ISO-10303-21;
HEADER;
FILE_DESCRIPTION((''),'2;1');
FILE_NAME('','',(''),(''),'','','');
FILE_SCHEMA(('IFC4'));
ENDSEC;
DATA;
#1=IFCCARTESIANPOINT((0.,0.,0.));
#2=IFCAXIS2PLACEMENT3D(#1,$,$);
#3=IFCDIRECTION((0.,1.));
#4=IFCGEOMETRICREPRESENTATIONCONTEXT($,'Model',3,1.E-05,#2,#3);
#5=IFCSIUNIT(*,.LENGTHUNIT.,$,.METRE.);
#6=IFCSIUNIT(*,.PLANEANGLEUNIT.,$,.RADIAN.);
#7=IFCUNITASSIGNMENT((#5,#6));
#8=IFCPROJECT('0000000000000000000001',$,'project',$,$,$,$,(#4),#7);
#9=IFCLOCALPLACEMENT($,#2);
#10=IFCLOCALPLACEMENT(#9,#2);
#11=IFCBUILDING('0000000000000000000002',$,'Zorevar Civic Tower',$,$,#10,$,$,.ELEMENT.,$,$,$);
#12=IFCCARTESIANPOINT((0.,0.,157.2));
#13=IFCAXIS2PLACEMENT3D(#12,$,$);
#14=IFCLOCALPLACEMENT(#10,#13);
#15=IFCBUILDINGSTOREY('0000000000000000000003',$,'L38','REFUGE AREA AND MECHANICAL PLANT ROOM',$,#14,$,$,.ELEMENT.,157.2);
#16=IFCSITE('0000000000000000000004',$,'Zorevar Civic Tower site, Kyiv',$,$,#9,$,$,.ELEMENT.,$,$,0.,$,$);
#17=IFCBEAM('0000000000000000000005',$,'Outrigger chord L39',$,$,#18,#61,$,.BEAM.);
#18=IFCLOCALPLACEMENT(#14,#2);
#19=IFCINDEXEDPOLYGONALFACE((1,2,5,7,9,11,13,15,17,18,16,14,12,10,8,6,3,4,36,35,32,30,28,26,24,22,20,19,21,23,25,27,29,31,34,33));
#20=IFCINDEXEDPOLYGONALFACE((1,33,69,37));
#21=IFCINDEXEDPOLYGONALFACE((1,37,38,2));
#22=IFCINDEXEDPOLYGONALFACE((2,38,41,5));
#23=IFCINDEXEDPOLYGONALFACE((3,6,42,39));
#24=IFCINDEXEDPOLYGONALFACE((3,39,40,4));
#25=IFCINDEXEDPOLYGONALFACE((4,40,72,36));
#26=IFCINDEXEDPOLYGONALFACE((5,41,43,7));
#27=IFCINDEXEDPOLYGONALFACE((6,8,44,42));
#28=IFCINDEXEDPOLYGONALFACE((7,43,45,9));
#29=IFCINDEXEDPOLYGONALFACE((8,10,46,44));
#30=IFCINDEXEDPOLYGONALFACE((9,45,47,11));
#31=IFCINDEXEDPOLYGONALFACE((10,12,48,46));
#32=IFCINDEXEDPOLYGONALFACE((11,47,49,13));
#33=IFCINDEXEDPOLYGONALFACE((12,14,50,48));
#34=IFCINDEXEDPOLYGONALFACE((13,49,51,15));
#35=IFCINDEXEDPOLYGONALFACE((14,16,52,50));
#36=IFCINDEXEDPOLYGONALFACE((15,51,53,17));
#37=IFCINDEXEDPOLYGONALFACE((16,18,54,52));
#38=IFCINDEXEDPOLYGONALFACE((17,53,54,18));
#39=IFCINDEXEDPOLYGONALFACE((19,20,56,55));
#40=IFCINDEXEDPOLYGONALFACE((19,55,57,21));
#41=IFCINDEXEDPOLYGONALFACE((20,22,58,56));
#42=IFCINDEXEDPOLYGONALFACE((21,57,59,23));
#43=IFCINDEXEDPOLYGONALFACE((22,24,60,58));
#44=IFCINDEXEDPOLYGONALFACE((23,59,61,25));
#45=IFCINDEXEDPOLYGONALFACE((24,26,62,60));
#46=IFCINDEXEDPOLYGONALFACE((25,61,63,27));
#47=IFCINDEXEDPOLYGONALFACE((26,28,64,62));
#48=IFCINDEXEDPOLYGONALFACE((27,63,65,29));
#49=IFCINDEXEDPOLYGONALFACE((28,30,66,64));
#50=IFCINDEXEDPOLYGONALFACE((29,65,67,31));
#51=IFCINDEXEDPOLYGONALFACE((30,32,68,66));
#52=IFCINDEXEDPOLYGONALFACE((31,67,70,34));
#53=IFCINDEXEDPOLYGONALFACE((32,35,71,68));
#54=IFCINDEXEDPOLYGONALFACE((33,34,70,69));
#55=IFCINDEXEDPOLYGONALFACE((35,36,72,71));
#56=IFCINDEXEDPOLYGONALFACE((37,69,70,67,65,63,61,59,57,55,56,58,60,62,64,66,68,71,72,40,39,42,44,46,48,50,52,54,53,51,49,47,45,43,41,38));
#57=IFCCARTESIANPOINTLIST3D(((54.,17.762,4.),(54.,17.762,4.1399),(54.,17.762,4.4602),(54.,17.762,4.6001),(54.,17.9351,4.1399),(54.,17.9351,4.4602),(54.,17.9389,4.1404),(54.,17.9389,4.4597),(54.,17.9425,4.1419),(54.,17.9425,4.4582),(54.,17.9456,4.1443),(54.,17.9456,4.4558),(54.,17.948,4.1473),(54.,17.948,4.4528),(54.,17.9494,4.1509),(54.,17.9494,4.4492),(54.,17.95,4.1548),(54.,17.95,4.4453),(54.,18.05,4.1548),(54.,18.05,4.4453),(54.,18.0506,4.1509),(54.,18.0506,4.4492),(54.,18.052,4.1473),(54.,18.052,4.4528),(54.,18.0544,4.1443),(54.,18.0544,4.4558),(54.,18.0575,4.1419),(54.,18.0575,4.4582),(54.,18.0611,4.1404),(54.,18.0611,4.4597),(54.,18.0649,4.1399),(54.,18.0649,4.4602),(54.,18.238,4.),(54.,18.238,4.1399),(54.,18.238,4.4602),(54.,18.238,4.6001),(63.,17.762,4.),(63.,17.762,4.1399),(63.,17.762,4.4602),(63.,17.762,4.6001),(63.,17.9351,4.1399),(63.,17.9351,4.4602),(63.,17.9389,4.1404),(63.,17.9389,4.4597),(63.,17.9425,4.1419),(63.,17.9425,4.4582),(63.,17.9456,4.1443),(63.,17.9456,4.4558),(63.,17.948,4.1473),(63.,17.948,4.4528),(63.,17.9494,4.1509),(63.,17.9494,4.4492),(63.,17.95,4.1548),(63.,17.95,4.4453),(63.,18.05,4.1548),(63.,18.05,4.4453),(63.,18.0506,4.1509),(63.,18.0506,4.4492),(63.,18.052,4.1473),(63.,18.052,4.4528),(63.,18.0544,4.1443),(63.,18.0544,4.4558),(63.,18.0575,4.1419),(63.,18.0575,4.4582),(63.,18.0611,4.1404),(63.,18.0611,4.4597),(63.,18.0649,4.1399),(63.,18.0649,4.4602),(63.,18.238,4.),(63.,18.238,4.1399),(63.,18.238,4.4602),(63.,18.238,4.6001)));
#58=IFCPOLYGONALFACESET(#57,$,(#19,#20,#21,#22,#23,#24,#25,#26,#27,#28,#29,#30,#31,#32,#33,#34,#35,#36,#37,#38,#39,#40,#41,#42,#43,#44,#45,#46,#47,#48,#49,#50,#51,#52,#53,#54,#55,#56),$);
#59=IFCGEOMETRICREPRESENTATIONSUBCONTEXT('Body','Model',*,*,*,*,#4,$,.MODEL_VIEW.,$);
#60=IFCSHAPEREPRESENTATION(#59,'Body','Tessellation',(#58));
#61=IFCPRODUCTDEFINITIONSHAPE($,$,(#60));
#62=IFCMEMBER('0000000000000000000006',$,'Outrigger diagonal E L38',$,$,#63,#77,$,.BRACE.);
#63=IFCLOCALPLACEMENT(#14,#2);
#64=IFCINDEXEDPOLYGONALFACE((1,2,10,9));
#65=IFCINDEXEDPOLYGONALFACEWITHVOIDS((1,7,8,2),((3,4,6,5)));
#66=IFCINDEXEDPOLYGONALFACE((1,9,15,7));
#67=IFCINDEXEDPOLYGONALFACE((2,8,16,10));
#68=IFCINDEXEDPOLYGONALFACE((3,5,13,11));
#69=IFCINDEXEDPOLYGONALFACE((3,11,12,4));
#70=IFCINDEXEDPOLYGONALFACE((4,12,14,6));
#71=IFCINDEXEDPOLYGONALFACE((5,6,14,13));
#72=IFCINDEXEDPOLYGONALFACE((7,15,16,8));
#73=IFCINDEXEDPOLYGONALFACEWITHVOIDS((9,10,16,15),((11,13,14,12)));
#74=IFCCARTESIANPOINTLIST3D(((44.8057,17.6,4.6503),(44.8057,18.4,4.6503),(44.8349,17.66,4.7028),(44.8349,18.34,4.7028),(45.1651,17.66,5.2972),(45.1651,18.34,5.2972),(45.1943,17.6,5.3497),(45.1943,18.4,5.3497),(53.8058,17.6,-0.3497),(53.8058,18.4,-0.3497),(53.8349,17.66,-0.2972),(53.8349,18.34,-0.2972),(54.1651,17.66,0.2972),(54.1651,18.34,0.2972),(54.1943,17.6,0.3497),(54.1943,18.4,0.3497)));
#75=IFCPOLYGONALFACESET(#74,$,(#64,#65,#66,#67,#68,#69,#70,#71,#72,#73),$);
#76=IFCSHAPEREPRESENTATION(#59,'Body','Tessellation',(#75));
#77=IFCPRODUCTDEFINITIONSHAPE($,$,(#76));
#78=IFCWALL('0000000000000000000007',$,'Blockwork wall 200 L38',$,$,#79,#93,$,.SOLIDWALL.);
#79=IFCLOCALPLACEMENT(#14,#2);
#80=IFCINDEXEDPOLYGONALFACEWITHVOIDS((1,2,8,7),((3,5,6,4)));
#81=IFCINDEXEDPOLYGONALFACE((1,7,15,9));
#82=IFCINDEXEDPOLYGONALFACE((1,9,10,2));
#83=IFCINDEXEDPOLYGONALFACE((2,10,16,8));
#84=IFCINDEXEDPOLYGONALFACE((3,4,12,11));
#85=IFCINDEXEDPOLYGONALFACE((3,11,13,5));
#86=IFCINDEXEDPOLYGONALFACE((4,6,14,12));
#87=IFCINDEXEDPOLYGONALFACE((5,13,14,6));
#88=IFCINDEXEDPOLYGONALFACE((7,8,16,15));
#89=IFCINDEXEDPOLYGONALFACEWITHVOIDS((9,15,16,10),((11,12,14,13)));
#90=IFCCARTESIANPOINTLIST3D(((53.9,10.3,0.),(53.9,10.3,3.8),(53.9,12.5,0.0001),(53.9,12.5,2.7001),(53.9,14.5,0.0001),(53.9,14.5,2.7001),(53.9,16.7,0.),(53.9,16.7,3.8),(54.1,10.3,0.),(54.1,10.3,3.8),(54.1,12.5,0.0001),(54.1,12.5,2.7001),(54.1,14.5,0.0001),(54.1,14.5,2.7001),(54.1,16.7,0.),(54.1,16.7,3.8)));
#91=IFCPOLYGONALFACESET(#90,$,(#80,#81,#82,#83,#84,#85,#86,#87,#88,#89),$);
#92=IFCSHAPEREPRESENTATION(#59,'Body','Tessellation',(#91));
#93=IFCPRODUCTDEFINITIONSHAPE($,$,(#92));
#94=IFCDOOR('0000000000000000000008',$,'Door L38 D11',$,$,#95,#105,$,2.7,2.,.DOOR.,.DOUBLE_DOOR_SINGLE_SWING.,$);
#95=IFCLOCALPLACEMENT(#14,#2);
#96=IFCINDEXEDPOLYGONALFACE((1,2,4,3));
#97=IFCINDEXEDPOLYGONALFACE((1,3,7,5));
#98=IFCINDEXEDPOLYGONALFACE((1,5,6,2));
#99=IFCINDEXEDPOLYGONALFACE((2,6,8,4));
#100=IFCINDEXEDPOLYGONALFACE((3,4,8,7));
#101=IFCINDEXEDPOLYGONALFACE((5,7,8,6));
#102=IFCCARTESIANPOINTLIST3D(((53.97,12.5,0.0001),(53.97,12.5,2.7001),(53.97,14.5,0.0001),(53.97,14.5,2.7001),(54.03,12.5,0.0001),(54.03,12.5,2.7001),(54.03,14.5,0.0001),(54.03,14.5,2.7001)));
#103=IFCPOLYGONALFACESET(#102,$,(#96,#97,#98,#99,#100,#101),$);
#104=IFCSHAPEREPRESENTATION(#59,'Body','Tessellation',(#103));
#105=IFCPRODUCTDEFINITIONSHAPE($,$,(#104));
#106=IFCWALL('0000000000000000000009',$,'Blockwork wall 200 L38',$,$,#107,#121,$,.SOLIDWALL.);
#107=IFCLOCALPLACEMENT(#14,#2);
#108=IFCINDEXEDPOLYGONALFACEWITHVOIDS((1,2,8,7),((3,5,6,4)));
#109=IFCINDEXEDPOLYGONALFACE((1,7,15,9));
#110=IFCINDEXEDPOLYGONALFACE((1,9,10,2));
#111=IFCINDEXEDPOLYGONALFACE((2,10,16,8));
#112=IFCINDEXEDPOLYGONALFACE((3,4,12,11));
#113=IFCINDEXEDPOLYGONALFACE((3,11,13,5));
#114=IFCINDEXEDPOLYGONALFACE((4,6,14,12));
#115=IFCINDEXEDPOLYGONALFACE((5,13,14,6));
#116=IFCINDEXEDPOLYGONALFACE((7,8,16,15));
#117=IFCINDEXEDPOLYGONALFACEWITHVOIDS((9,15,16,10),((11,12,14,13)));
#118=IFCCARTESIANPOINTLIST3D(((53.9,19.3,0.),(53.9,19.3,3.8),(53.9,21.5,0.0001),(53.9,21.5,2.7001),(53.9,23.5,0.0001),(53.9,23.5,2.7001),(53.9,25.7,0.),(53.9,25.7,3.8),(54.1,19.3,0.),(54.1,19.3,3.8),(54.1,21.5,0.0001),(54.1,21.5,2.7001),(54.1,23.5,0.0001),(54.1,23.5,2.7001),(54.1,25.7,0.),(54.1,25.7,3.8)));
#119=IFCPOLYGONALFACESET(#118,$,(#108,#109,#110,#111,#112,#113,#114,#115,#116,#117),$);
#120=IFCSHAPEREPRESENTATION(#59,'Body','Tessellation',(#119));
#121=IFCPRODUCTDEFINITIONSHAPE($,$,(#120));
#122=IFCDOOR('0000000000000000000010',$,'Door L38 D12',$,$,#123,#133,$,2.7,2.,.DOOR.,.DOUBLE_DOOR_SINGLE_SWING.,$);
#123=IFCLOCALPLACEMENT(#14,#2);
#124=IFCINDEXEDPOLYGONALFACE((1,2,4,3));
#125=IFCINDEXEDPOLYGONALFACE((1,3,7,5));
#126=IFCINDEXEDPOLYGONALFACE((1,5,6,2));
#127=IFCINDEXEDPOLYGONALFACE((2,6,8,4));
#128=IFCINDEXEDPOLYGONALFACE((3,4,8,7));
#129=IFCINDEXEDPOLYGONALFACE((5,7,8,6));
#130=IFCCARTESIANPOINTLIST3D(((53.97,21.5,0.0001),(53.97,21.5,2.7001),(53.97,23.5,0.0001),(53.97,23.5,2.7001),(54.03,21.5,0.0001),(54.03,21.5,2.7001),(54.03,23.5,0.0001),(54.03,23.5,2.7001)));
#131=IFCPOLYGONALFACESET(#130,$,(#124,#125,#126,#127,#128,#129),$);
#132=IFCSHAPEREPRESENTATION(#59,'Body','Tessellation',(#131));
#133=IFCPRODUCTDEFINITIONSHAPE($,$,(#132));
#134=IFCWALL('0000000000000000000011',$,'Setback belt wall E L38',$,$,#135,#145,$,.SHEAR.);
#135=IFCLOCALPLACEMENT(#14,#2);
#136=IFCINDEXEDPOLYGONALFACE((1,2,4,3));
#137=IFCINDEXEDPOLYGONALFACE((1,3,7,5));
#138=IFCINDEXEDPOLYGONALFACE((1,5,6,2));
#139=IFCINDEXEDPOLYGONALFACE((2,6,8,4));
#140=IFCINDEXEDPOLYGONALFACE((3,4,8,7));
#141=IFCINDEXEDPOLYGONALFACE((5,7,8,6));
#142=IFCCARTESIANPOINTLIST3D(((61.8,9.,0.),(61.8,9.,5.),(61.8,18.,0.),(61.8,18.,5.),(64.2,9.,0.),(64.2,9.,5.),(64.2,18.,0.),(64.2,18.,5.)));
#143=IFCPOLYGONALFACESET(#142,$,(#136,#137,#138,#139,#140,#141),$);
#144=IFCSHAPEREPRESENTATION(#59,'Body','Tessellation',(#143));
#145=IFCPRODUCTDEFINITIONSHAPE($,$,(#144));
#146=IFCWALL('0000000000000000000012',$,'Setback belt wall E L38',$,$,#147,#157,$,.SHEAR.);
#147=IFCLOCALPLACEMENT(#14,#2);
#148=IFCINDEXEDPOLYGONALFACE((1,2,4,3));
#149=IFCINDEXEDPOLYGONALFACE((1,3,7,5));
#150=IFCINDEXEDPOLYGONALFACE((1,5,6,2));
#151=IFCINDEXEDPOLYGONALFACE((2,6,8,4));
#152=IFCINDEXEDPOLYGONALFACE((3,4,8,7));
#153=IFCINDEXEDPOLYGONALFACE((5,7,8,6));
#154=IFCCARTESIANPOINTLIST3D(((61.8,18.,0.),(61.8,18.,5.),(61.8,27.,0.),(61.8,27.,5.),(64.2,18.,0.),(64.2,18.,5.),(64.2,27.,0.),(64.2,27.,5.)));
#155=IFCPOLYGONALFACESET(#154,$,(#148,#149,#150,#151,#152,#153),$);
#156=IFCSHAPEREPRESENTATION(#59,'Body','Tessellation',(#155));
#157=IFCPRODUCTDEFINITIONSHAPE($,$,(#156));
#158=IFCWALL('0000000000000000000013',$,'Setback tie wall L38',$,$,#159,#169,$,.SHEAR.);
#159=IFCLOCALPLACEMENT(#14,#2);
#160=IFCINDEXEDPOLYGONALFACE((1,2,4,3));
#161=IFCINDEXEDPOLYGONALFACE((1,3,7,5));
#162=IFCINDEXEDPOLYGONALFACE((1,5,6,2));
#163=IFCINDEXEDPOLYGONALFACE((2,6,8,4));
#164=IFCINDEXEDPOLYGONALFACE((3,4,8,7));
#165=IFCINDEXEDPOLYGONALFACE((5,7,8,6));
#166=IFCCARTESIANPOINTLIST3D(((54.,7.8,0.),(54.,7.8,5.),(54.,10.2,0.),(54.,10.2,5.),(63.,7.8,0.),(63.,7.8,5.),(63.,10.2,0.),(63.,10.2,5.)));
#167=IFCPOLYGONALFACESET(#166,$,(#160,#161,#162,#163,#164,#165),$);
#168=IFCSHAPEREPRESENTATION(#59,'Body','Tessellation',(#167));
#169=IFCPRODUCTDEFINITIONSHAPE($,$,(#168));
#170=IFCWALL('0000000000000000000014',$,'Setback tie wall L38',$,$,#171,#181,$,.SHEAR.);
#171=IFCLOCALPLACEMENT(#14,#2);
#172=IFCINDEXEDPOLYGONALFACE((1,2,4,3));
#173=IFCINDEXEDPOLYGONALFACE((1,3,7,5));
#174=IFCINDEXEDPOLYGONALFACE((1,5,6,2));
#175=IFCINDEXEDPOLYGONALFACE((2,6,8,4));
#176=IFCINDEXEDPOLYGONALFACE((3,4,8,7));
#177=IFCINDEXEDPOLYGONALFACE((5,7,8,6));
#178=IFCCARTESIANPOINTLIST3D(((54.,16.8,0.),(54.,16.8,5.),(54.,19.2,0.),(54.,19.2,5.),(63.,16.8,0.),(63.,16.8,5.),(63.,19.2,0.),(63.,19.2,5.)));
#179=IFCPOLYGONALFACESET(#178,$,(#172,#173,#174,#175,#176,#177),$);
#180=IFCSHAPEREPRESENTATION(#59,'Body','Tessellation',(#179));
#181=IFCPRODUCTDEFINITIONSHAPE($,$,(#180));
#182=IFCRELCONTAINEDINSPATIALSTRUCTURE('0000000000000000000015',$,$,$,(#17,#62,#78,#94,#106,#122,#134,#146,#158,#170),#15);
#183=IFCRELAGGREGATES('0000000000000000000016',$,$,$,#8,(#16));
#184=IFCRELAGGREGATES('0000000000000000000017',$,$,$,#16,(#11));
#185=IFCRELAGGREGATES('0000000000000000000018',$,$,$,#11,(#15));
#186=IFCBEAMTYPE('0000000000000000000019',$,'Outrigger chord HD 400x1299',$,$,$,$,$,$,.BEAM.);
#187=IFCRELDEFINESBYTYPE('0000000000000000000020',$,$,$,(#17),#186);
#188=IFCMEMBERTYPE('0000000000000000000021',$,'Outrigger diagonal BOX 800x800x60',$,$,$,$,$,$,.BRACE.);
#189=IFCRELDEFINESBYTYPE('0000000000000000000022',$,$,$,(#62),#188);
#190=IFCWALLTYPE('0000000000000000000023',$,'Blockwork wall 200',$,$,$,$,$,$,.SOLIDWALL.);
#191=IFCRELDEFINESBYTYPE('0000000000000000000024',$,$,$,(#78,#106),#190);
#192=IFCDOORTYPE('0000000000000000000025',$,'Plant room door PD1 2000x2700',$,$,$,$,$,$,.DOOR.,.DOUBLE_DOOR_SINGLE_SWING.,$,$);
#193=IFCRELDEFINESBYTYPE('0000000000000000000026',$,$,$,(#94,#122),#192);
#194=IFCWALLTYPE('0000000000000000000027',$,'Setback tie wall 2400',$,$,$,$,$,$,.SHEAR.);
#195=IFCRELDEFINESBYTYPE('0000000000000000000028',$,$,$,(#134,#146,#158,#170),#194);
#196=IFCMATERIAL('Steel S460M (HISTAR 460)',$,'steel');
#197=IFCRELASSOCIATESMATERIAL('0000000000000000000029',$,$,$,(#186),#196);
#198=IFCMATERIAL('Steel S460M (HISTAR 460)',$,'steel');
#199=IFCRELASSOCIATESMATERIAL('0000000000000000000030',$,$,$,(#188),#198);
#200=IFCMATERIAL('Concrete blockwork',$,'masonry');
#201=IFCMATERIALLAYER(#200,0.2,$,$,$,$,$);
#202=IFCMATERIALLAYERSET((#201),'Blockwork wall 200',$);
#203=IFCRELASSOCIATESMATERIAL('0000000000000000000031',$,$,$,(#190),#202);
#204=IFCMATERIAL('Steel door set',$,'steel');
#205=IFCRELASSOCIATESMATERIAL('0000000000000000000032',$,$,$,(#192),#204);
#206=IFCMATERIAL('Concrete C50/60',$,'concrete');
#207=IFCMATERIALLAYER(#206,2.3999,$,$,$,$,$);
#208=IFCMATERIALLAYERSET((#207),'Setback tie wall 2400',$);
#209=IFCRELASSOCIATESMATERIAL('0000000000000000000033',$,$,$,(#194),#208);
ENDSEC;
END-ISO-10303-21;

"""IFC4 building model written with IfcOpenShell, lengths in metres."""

from ifc_helpers import new_model, si_unit, direction, frame, frame_2d, origin, origin_2d, place, context, subcontext, project, spatial, rectangle, hollow_rectangle, i_section, extrude, material, layer, layer_set, material_profile, profile_set, type_object, element, fill, save


model = new_model("IFC4")

# Units and contexts
model_context = context("Model", 3, precision=1e-05, world=origin(), true_north=direction((0.0, 1.0)))
body_context = subcontext(model_context, "Body", "Model", "MODEL_VIEW")
ifc_project = project(units=[si_unit("LENGTHUNIT", "METRE"), si_unit("PLANEANGLEUNIT", "RADIAN")], contexts=[model_context])

# Site, building, storey
site_placement = place(None, origin())
site = spatial("IfcSite", under=ifc_project, at=site_placement, Name="Zorevar Civic Tower site, Kyiv", CompositionType="ELEMENT", RefElevation=0.0)
building_placement = place(site_placement, origin())
building = spatial("IfcBuilding", under=site, at=building_placement, Name="Zorevar Civic Tower", CompositionType="ELEMENT")
storey_placement = place(building_placement, frame((0.0, 0.0, 157.2)))
storey = spatial("IfcBuildingStorey", under=building, at=storey_placement, Name="L38", Description="REFUGE AREA AND MECHANICAL PLANT ROOM", CompositionType="ELEMENT", Elevation=157.2)

# Beam
ifc_material_1 = material(Name="Steel S460M (HISTAR 460)", Category="steel")
ifc_material_profile_1 = material_profile(ifc_material_1, i_section(OverallWidth=0.4761, OverallDepth=0.6001, WebThickness=0.1001, FlangeThickness=0.1399, FilletRadius=0.0149, at=origin_2d()), Name="HD 400x1299")
ifc_profile_set_1 = profile_set([ifc_material_profile_1], Name="Steel S460M (HISTAR 460)")
beam_type_1 = type_object("IfcBeamType", Name="Outrigger chord HD 400x1299", PredefinedType="BEAM", material=ifc_profile_set_1)
beam_1_placement = place(storey_placement, frame((54.0, 18.0, 4.3), z_axis=(1.0, 0.0, 0.0), x_axis=(0.0, 1.0, 0.0)))
element("IfcBeam", 1, at=beam_1_placement, inside=storey, type_object=beam_type_1, Name="Outrigger chord L39", PredefinedType="BEAM", context=body_context, shape_type="SweptSolid", body=[
    extrude(i_section(OverallWidth=0.4761, OverallDepth=0.6001, WebThickness=0.1001, FlangeThickness=0.1399, FilletRadius=0.0149, at=origin_2d()), origin(), (0.0, 0.0, 1.0), 9.0),
])

# Member
ifc_material_2 = material(Name="Steel S460M (HISTAR 460)", Category="steel")
ifc_material_profile_2 = material_profile(ifc_material_2, hollow_rectangle(XDim=0.8, YDim=0.8, WallThickness=0.0601, at=origin_2d()), Name="BOX 800x800x60")
ifc_profile_set_2 = profile_set([ifc_material_profile_2], Name="Steel S460M (HISTAR 460)")
member_type = type_object("IfcMemberType", Name="Outrigger diagonal BOX 800x800x60", PredefinedType="BRACE", material=ifc_profile_set_2)
member_placement = place(storey_placement, frame((45.0, 18.0, 5.0), z_axis=(0.874157, 0.0, -0.485643), x_axis=(0.0, 1.0, 0.0)))
element("IfcMember", 2, at=member_placement, inside=storey, type_object=member_type, Name="Outrigger diagonal E L38", PredefinedType="BRACE", context=body_context, shape_type="SweptSolid", body=[
    extrude(hollow_rectangle(XDim=0.8, YDim=0.8, WallThickness=0.0601, at=origin_2d()), origin(), (0.0, 0.0, 1.0), 10.2957),
])

# Walls, openings, doors
ifc_material_3 = material(Name="Concrete blockwork", Category="masonry")
ifc_layer_1 = layer(ifc_material_3, 0.2)
ifc_layer_set_1 = layer_set([ifc_layer_1], Name="Blockwork wall 200")
wall_type_1 = type_object("IfcWallType", Name="Blockwork wall 200", PredefinedType="SOLIDWALL", material=ifc_layer_set_1)
wall_1_placement = place(storey_placement, frame((54.0, 10.3, 0.0), z_axis=(0.0, 0.0, 1.0), x_axis=(0.0, 1.0, 0.0)))
wall_1 = element("IfcWall", 3, at=wall_1_placement, inside=storey, type_object=wall_type_1, Name="Blockwork wall 200 L38", PredefinedType="SOLIDWALL", context=body_context, shape_type="SweptSolid", body=[
    extrude(rectangle(XDim=6.3999, YDim=0.2, at=frame_2d((3.2, 0.0))), origin(), (0.0, 0.0, 1.0), 3.8),
])
opening_1_placement = place(wall_1_placement, frame((2.2, 0.0, 0.0)))
opening_1 = element("IfcOpeningElement", 4, at=opening_1_placement, cuts=wall_1, PredefinedType="OPENING", context=body_context, shape_type="SweptSolid", body=[
    extrude(rectangle(XDim=2.0, YDim=2.7, at=frame_2d((1.0, 1.3501))), frame((0.0, 0.1099, 0.0), z_axis=(0.0, -1.0, 0.0), x_axis=(1.0, 0.0, 0.0)), (0.0, 0.0, 1.0), 0.22),
])
ifc_material_4 = material(Name="Steel door set", Category="steel")
door_type_1 = type_object("IfcDoorType", Name="Plant room door PD1 2000x2700", OperationType="DOUBLE_DOOR_SINGLE_SWING", PredefinedType="DOOR", material=ifc_material_4)
door_1_placement = place(opening_1_placement, origin())
door_1 = element("IfcDoor", 5, at=door_1_placement, inside=storey, type_object=door_type_1, Name="Door L38 D11", OperationType="DOUBLE_DOOR_SINGLE_SWING", OverallHeight=2.7, OverallWidth=2.0, PredefinedType="DOOR", context=body_context, shape_type="SweptSolid", body=[
    extrude(rectangle(XDim=2.0, YDim=2.7, at=frame_2d((1.0, 1.3501))), frame((0.0, 0.03, 0.0), z_axis=(0.0, -1.0, 0.0), x_axis=(1.0, 0.0, 0.0)), (0.0, 0.0, 1.0), 0.0601),
])
fill(opening_1, door_1)
wall_2_placement = place(storey_placement, frame((54.0, 19.3, 0.0), z_axis=(0.0, 0.0, 1.0), x_axis=(0.0, 1.0, 0.0)))
wall_2 = element("IfcWall", 6, at=wall_2_placement, inside=storey, type_object=wall_type_1, Name="Blockwork wall 200 L38", PredefinedType="SOLIDWALL", context=body_context, shape_type="SweptSolid", body=[
    extrude(rectangle(XDim=6.3999, YDim=0.2, at=frame_2d((3.2, 0.0))), origin(), (0.0, 0.0, 1.0), 3.8),
])
opening_2_placement = place(wall_2_placement, frame((2.2, 0.0, 0.0)))
opening_2 = element("IfcOpeningElement", 7, at=opening_2_placement, cuts=wall_2, PredefinedType="OPENING", context=body_context, shape_type="SweptSolid", body=[
    extrude(rectangle(XDim=2.0, YDim=2.7, at=frame_2d((1.0, 1.3501))), frame((0.0, 0.1099, 0.0), z_axis=(0.0, -1.0, 0.0), x_axis=(1.0, 0.0, 0.0)), (0.0, 0.0, 1.0), 0.22),
])
door_2_placement = place(opening_2_placement, origin())
door_2 = element("IfcDoor", 8, at=door_2_placement, inside=storey, type_object=door_type_1, Name="Door L38 D12", OperationType="DOUBLE_DOOR_SINGLE_SWING", OverallHeight=2.7, OverallWidth=2.0, PredefinedType="DOOR", context=body_context, shape_type="SweptSolid", body=[
    extrude(rectangle(XDim=2.0, YDim=2.7, at=frame_2d((1.0, 1.3501))), frame((0.0, 0.03, 0.0), z_axis=(0.0, -1.0, 0.0), x_axis=(1.0, 0.0, 0.0)), (0.0, 0.0, 1.0), 0.0601),
])
fill(opening_2, door_2)

# Walls
ifc_material_5 = material(Name="Concrete C50/60", Category="concrete")
ifc_layer_2 = layer(ifc_material_5, 2.3999)
ifc_layer_set_2 = layer_set([ifc_layer_2], Name="Setback tie wall 2400")
wall_type_2 = type_object("IfcWallType", Name="Setback tie wall 2400", PredefinedType="SHEAR", material=ifc_layer_set_2)
for number, where, z_axis, x_axis, name in (
    (9, (63.0, 9.0, 0.0), (0.0, 0.0, 1.0), (0.0, 1.0, 0.0), "Setback belt wall E L38"),
    (10, (63.0, 18.0, 0.0), (0.0, 0.0, 1.0), (0.0, 1.0, 0.0), "Setback belt wall E L38"),
    (11, (54.0, 9.0, 0.0), (0.0, 0.0, 1.0), (1.0, 0.0, 0.0), "Setback tie wall L38"),
    (12, (54.0, 18.0, 0.0), (0.0, 0.0, 1.0), (1.0, 0.0, 0.0), "Setback tie wall L38"),
):
    element("IfcWall", number, at=place(storey_placement, frame(where, z_axis=z_axis, x_axis=x_axis)), inside=storey, type_object=wall_type_2, Name=name, PredefinedType="SHEAR", context=body_context, shape_type="SweptSolid", body=[
        extrude(rectangle(XDim=9.0, YDim=2.3999, at=frame_2d((4.5, 0.0))), origin(), (0.0, 0.0, 1.0), 5.0),
    ])

save(model, "model.ifc")
